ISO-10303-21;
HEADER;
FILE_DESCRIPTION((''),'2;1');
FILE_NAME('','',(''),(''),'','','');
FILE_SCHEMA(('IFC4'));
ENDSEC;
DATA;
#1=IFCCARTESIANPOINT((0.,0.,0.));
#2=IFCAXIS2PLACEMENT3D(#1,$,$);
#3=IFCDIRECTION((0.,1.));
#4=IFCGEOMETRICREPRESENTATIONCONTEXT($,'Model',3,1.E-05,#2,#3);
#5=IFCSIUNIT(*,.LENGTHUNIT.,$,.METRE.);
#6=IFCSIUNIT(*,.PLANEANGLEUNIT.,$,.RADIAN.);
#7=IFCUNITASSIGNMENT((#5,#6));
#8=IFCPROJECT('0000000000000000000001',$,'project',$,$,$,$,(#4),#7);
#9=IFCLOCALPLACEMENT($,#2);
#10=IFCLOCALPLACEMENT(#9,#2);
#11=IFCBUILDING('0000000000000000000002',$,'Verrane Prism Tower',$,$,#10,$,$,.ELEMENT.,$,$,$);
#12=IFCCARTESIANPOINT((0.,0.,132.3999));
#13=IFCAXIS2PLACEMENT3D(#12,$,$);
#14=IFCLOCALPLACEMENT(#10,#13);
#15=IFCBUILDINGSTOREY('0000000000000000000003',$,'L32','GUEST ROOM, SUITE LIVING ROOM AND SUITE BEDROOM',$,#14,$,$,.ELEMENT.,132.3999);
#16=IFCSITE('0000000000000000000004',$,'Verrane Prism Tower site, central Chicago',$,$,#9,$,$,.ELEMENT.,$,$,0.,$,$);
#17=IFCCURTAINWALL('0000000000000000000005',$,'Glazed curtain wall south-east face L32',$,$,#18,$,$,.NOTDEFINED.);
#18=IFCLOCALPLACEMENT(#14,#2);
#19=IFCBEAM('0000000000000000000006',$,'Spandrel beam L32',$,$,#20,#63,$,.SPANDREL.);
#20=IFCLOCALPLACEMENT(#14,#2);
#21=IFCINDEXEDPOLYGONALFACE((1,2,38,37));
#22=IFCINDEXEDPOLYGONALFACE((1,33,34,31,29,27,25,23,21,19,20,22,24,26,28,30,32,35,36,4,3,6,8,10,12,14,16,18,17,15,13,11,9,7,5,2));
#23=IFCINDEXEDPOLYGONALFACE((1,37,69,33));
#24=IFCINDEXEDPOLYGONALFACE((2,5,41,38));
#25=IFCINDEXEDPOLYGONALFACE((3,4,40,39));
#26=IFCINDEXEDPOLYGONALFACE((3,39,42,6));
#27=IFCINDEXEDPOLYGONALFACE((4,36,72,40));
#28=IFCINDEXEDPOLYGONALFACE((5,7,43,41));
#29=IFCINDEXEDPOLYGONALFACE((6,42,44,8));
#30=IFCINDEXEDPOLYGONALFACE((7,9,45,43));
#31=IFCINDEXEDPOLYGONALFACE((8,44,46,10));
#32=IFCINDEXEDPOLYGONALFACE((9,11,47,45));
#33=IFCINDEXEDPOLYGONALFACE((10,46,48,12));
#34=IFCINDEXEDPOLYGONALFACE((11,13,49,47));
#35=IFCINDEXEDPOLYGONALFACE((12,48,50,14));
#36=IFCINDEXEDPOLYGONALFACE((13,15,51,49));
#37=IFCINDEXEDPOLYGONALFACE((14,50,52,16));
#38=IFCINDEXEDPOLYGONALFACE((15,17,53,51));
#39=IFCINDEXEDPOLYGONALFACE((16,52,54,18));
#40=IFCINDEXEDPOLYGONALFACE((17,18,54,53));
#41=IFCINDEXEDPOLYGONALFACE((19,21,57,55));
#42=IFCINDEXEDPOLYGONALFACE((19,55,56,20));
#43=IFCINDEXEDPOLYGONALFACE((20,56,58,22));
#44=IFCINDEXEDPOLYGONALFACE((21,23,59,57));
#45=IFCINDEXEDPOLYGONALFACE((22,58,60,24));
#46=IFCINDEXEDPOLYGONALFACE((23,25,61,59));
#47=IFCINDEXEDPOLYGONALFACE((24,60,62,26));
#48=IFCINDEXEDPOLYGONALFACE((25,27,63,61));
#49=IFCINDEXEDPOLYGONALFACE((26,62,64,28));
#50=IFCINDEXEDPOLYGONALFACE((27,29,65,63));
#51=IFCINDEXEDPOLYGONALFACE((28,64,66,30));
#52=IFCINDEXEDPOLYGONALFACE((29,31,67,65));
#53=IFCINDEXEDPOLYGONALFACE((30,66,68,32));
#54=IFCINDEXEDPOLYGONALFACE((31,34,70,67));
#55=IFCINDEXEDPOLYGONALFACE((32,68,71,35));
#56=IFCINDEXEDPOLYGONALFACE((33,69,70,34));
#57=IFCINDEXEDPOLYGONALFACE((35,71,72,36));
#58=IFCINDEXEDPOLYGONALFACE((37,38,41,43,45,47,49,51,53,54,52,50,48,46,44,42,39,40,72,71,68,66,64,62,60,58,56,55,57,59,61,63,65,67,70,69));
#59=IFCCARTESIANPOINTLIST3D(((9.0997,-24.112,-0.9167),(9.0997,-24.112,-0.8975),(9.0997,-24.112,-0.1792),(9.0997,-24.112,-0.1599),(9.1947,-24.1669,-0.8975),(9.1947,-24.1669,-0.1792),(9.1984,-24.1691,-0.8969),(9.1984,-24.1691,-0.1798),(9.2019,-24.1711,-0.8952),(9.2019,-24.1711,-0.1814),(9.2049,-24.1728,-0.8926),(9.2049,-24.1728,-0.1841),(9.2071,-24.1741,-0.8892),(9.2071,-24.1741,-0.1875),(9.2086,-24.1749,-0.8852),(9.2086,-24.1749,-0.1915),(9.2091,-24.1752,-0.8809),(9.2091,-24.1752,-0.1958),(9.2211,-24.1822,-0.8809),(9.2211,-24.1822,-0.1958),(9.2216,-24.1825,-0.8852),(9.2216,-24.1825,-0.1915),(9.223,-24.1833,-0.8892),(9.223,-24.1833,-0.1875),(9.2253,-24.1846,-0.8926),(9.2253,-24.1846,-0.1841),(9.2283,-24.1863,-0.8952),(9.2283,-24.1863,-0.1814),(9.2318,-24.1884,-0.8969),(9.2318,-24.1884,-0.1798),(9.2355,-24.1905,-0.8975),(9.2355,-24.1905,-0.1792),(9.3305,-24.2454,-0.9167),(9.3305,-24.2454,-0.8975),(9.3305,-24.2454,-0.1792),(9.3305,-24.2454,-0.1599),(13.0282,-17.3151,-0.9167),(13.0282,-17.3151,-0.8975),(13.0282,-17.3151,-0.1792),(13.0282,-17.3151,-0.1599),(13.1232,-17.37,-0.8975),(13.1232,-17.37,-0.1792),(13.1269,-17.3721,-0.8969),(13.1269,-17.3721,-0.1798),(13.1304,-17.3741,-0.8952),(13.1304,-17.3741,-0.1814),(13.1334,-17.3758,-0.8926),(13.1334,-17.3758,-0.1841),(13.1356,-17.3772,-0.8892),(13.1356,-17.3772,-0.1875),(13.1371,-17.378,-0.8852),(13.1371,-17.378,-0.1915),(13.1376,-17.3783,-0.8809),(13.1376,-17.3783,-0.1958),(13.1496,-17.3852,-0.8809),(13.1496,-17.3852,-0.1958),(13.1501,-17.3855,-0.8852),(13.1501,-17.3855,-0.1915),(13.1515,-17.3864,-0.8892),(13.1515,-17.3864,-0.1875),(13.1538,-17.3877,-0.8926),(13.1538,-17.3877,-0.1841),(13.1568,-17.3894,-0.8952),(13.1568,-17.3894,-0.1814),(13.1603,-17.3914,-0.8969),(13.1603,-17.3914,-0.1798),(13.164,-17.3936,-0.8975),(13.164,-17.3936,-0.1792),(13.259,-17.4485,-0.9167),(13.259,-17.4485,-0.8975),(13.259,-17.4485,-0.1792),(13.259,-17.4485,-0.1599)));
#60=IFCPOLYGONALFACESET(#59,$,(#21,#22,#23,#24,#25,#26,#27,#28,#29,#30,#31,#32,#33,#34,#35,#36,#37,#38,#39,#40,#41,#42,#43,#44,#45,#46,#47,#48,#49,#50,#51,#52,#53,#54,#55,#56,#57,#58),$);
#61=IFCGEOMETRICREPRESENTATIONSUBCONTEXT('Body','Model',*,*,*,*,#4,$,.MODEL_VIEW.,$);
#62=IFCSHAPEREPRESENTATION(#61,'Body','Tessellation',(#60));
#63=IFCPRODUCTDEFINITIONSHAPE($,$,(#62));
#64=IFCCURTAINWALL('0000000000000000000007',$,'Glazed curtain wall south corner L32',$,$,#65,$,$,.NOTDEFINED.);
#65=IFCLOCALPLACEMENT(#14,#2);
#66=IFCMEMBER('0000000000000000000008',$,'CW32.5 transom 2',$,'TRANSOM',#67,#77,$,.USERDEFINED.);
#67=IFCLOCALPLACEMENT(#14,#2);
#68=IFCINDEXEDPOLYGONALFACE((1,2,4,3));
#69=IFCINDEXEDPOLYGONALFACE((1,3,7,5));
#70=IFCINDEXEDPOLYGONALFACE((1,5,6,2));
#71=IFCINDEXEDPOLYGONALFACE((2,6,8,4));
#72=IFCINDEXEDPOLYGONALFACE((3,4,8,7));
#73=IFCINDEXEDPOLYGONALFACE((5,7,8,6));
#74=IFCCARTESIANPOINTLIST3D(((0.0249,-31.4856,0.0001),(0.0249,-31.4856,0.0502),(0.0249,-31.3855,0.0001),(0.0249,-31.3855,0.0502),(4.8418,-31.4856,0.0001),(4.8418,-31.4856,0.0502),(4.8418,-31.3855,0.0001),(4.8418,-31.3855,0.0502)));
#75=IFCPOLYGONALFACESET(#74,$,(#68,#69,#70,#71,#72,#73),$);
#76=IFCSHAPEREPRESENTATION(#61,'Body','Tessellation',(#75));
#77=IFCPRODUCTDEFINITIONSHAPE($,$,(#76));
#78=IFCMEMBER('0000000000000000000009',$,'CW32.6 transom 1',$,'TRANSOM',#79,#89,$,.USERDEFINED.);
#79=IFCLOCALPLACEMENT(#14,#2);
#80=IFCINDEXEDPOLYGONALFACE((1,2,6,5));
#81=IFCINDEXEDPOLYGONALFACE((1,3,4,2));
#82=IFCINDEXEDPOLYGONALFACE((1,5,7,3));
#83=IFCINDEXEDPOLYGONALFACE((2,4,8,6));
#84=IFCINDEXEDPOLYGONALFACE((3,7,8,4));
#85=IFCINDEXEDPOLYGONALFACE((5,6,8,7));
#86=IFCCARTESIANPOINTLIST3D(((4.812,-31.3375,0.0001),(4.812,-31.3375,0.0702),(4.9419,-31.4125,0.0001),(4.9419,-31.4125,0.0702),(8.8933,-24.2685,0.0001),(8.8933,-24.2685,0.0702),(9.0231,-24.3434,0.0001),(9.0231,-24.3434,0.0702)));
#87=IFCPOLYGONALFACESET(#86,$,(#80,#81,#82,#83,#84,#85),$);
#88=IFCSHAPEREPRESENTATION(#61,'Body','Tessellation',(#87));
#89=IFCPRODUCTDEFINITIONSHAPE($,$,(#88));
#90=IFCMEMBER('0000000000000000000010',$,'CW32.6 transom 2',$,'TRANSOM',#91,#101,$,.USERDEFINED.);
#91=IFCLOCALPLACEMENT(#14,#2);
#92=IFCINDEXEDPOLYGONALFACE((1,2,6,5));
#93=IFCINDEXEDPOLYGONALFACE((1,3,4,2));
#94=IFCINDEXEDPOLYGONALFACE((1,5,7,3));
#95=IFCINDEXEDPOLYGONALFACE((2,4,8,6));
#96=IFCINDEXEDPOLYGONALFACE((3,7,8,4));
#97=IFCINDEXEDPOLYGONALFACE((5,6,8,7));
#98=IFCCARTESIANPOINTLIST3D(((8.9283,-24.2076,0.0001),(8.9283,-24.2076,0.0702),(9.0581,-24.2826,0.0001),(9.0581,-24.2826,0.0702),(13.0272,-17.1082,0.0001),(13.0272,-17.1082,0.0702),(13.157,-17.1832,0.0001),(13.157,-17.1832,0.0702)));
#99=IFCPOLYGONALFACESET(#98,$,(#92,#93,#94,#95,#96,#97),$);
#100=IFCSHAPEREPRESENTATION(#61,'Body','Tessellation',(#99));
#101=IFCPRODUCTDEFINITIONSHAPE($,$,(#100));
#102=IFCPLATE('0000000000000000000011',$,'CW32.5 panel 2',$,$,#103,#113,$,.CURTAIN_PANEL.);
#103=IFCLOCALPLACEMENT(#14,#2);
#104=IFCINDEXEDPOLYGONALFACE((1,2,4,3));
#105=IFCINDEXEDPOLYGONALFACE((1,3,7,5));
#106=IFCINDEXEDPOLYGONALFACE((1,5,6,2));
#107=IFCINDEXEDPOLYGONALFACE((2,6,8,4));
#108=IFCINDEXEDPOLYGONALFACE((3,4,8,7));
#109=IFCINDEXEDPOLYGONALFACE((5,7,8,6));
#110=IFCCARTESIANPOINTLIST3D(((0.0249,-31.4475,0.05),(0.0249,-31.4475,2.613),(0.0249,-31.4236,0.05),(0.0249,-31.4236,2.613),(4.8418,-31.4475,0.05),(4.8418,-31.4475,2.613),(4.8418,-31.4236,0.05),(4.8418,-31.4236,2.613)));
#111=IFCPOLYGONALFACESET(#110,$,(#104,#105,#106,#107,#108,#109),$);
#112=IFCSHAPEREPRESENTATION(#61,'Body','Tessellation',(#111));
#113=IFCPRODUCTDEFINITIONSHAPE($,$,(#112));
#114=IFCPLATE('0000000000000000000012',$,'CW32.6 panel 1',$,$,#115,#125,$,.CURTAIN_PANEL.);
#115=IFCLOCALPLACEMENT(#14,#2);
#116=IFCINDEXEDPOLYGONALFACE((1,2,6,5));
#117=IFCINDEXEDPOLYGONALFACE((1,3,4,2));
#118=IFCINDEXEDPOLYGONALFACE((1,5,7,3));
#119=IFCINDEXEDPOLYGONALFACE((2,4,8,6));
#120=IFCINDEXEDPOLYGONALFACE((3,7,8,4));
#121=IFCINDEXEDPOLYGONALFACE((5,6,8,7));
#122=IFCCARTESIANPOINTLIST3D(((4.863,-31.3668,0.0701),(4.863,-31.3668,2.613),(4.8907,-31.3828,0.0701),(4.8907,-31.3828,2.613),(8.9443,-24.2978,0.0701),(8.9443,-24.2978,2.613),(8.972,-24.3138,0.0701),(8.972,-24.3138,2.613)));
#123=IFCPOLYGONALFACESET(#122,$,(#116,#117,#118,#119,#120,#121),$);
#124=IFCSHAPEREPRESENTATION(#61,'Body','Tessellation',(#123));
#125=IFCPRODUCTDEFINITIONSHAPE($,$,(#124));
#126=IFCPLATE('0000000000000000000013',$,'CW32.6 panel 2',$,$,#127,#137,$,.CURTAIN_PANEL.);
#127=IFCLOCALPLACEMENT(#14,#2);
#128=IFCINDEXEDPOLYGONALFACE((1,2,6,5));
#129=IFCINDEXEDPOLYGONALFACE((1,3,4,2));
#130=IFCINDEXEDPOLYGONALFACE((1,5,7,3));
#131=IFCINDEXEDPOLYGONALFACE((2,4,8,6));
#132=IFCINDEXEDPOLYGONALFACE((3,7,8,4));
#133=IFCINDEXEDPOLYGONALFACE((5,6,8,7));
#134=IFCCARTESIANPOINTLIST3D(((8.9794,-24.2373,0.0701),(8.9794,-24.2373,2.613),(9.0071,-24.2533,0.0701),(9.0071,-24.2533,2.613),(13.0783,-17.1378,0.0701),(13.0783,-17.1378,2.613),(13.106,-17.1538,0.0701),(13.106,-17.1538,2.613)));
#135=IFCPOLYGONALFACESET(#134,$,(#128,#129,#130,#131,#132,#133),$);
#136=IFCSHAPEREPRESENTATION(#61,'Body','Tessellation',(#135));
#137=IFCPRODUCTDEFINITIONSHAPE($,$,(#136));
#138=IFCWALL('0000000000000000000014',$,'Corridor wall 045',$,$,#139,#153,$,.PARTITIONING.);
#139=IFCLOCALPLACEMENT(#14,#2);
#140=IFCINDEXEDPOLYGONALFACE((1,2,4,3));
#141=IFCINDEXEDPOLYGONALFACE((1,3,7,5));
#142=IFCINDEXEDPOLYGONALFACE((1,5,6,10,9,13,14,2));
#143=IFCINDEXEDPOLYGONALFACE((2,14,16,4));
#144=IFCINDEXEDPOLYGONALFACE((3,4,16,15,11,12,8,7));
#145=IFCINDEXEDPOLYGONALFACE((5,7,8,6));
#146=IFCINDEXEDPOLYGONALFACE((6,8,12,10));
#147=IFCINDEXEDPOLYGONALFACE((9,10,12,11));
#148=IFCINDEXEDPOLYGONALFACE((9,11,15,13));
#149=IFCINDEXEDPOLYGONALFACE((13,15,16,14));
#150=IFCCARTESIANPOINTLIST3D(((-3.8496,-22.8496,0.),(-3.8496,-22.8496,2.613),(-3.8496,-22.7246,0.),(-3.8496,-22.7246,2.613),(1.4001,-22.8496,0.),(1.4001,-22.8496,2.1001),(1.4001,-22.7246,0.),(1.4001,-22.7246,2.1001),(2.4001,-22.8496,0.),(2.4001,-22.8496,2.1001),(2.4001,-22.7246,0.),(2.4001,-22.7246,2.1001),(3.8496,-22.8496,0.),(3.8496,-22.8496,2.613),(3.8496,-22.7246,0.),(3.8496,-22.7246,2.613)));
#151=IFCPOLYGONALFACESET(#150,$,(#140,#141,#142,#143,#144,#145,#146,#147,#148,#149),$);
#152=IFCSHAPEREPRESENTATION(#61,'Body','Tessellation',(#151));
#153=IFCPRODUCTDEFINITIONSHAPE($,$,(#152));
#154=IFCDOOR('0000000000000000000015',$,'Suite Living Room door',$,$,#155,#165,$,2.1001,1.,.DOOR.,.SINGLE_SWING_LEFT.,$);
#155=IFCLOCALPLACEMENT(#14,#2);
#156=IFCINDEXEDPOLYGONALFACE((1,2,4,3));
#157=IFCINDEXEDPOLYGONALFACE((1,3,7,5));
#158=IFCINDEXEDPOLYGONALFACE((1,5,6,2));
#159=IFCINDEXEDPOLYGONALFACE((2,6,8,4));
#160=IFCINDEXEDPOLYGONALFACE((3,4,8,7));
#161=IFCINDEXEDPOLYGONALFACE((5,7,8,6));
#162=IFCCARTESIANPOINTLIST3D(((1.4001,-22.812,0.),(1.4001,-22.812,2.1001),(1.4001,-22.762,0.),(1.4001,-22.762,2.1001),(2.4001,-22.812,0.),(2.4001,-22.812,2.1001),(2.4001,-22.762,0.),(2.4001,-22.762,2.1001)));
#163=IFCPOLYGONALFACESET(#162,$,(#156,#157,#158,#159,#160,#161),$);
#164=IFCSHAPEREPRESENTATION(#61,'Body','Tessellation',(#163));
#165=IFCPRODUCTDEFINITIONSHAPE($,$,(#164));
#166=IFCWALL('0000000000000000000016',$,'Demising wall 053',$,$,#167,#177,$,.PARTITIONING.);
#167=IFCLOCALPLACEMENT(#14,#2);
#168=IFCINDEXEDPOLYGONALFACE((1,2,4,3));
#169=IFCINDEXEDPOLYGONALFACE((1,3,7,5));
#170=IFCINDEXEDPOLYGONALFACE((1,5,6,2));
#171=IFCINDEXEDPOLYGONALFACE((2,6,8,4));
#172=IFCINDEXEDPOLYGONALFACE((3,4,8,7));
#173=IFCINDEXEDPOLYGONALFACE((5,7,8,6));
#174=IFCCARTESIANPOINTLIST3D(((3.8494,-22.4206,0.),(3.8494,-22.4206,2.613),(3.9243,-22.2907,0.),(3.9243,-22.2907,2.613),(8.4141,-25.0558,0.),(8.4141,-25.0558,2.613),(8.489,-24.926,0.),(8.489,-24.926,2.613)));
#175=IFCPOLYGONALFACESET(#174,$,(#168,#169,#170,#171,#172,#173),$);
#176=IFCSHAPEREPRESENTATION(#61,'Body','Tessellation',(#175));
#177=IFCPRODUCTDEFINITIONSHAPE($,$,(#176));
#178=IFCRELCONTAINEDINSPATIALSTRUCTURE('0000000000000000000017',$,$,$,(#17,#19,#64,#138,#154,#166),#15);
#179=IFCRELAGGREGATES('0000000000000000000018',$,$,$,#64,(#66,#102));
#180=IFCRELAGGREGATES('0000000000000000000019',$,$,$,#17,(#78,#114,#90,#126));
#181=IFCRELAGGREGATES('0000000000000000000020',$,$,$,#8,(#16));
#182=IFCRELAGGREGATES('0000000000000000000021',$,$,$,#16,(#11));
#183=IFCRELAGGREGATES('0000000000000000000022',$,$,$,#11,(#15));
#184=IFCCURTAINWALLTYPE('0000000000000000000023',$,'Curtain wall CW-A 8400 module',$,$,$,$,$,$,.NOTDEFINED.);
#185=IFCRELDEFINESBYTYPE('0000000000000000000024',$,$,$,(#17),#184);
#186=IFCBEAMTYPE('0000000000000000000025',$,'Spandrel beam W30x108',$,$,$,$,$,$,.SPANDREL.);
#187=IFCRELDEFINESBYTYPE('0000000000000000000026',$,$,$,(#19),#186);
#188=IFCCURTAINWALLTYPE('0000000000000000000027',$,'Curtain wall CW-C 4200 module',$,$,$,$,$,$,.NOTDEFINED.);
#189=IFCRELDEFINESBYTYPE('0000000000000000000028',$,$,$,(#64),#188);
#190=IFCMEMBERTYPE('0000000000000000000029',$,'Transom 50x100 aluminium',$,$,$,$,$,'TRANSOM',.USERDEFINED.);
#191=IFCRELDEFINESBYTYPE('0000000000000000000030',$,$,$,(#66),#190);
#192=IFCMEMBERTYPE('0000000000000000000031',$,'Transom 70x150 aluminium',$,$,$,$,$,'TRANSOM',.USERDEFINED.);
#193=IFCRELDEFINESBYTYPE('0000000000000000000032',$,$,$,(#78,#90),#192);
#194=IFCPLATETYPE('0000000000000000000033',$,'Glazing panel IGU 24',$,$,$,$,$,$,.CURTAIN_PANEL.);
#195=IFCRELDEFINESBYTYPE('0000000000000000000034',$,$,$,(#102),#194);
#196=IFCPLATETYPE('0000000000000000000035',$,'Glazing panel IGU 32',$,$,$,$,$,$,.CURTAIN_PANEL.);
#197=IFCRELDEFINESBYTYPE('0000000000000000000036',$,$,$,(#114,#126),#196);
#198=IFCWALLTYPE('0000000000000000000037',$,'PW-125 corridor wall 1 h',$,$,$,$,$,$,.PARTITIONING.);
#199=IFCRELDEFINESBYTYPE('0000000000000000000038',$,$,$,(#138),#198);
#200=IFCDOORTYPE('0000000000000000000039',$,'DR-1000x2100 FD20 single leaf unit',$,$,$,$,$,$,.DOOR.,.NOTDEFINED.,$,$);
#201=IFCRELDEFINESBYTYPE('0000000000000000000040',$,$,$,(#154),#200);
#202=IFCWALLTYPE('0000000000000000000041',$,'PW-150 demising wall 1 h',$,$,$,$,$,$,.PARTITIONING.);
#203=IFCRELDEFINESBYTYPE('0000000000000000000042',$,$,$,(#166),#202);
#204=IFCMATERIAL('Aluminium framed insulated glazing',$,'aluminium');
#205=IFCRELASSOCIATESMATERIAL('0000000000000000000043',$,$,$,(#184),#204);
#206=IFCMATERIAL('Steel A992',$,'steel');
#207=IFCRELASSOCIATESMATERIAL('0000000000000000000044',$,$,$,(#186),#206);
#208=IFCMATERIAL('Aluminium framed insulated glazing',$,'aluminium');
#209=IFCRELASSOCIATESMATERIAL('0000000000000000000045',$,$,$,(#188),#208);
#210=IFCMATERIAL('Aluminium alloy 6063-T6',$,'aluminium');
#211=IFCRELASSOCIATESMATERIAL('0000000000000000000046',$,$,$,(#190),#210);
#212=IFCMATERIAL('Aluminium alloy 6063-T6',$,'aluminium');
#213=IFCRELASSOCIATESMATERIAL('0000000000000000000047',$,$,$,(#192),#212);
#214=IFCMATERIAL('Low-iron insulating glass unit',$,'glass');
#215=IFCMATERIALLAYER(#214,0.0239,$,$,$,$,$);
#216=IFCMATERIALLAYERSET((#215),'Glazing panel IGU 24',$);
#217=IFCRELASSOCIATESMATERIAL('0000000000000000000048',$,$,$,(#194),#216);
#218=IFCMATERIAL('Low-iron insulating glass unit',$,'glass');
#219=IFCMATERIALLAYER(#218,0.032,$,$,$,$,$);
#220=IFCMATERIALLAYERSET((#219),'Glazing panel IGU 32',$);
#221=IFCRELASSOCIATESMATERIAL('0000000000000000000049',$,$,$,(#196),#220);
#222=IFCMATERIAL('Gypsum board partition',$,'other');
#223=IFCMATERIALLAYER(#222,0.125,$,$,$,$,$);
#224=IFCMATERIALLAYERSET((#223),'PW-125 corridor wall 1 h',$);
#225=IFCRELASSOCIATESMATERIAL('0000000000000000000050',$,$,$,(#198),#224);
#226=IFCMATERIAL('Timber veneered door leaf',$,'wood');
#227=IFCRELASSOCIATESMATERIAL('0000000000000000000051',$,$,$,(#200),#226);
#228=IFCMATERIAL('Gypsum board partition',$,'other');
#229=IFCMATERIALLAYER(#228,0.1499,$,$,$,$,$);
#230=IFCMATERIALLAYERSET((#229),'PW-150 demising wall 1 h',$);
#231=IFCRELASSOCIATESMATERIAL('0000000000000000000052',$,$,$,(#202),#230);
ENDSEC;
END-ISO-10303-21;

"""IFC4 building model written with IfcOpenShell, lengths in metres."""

from ifc_helpers import new_model, si_unit, direction, frame, frame_2d, origin, origin_2d, place, context, subcontext, project, spatial, rectangle, i_section, extrude, material, layer, layer_set, material_profile, profile_set, type_object, element, fill, aggregate, save


model = new_model("IFC4")

# Units and contexts
model_context = context("Model", 3, precision=1e-05, world=origin(), true_north=direction((0.0, 1.0)))
body_context = subcontext(model_context, "Body", "Model", "MODEL_VIEW")
ifc_project = project(units=[si_unit("LENGTHUNIT", "METRE"), si_unit("PLANEANGLEUNIT", "RADIAN")], contexts=[model_context])

# Site, building, storey
site_placement = place(None, origin())
site = spatial("IfcSite", under=ifc_project, at=site_placement, Name="Verrane Prism Tower site, central Chicago", CompositionType="ELEMENT", RefElevation=0.0)
building_placement = place(site_placement, origin())
building = spatial("IfcBuilding", under=site, at=building_placement, Name="Verrane Prism Tower", CompositionType="ELEMENT")
storey_placement = place(building_placement, frame((0.0, 0.0, 132.3999)))
storey = spatial("IfcBuildingStorey", under=building, at=storey_placement, Name="L32", Description="GUEST ROOM, SUITE LIVING ROOM AND SUITE BEDROOM", CompositionType="ELEMENT", Elevation=132.3999)

# Curtain wall
ifc_material_1 = material(Name="Aluminium framed insulated glazing", Category="aluminium")
curtain_wall_type_1 = type_object("IfcCurtainWallType", Name="Curtain wall CW-A 8400 module", PredefinedType="NOTDEFINED", material=ifc_material_1)
curtain_wall_1_placement = place(storey_placement, origin())
curtain_wall_1 = element("IfcCurtainWall", 1, at=curtain_wall_1_placement, inside=storey, type_object=curtain_wall_type_1, Name="Glazed curtain wall south-east face L32", PredefinedType="NOTDEFINED")

# Beam
ifc_material_2 = material(Name="Steel A992", Category="steel")
ifc_material_profile_1 = material_profile(ifc_material_2, i_section(OverallWidth=0.2666, OverallDepth=0.7568, WebThickness=0.0139, FlangeThickness=0.0193, FilletRadius=0.0166, at=origin_2d()), Name="W30x108")
ifc_profile_set_1 = profile_set([ifc_material_profile_1], Name="Steel A992")
beam_type_1 = type_object("IfcBeamType", Name="Spandrel beam W30x108", PredefinedType="SPANDREL", material=ifc_profile_set_1)
beam_1_placement = place(storey_placement, frame((9.2151, -24.1787, -0.5383), z_axis=(0.50041, 0.865789, 0.0), x_axis=(-0.865789, 0.50041, 0.0)))
element("IfcBeam", 2, at=beam_1_placement, inside=storey, type_object=beam_type_1, Name="Spandrel beam L32", PredefinedType="SPANDREL", context=body_context, shape_type="SweptSolid", body=[
    extrude(i_section(OverallWidth=0.2666, OverallDepth=0.7568, WebThickness=0.0139, FlangeThickness=0.0193, FilletRadius=0.0166, at=origin_2d()), origin(), (0.0, 0.0, 1.0), 7.8506),
])

# Curtain wall, member
ifc_material_3 = material(Name="Aluminium framed insulated glazing", Category="aluminium")
curtain_wall_type_2 = type_object("IfcCurtainWallType", Name="Curtain wall CW-C 4200 module", PredefinedType="NOTDEFINED", material=ifc_material_3)
curtain_wall_2_placement = place(storey_placement, origin())
curtain_wall_2 = element("IfcCurtainWall", 3, at=curtain_wall_2_placement, inside=storey, type_object=curtain_wall_type_2, Name="Glazed curtain wall south corner L32", PredefinedType="NOTDEFINED")
ifc_material_4 = material(Name="Aluminium alloy 6063-T6", Category="aluminium")
ifc_material_profile_2 = material_profile(ifc_material_4, rectangle(XDim=0.1001, YDim=0.05, at=origin_2d()), Name="Transom 50x100 aluminium")
ifc_profile_set_2 = profile_set([ifc_material_profile_2], Name="Aluminium alloy 6063-T6")
member_type_1 = type_object("IfcMemberType", Name="Transom 50x100 aluminium", ElementType="TRANSOM", PredefinedType="USERDEFINED", material=ifc_profile_set_2)
member_1_placement = place(storey_placement, frame((0.0249, -31.4355, 0.0251), z_axis=(1.0, 0.0, 0.0), x_axis=(0.0, 1.0, 0.0)))
member_1 = element("IfcMember", 4, at=member_1_placement, type_object=member_type_1, Name="CW32.5 transom 2", ObjectType="TRANSOM", PredefinedType="USERDEFINED", context=body_context, shape_type="SweptSolid", body=[
    extrude(rectangle(XDim=0.1001, YDim=0.05, at=origin_2d()), origin(), (0.0, 0.0, 1.0), 4.8169),
])

# Members
ifc_material_5 = material(Name="Aluminium alloy 6063-T6", Category="aluminium")
ifc_material_profile_3 = material_profile(ifc_material_5, rectangle(XDim=0.1499, YDim=0.0701, at=origin_2d()), Name="Transom 70x150 aluminium")
ifc_profile_set_3 = profile_set([ifc_material_profile_3], Name="Aluminium alloy 6063-T6")
member_type_2 = type_object("IfcMemberType", Name="Transom 70x150 aluminium", ElementType="TRANSOM", PredefinedType="USERDEFINED", material=ifc_profile_set_3)
member_2_placement = place(storey_placement, frame((4.877, -31.375, 0.0352), z_axis=(0.499996, 0.866028, 0.0), x_axis=(-0.866028, 0.499996, 0.0)))
member_2 = element("IfcMember", 5, at=member_2_placement, type_object=member_type_2, Name="CW32.6 transom 1", ObjectType="TRANSOM", PredefinedType="USERDEFINED", context=body_context, shape_type="SweptSolid", body=[
    extrude(rectangle(XDim=0.1499, YDim=0.0701, at=origin_2d()), origin(), (0.0, 0.0, 1.0), 8.1626),
])
member_3_placement = place(storey_placement, frame((8.9932, -24.2451, 0.0352), z_axis=(0.500005, 0.866022, 0.0), x_axis=(-0.866022, 0.500005, 0.0)))
member_3 = element("IfcMember", 6, at=member_3_placement, type_object=member_type_2, Name="CW32.6 transom 2", ObjectType="TRANSOM", PredefinedType="USERDEFINED", context=body_context, shape_type="SweptSolid", body=[
    extrude(rectangle(XDim=0.1499, YDim=0.0701, at=origin_2d()), origin(), (0.0, 0.0, 1.0), 8.1978),
])

# Plates
ifc_material_6 = material(Name="Low-iron insulating glass unit", Category="glass")
ifc_layer_1 = layer(ifc_material_6, 0.0239)
ifc_layer_set_1 = layer_set([ifc_layer_1], Name="Glazing panel IGU 24")
plate_type_1 = type_object("IfcPlateType", Name="Glazing panel IGU 24", PredefinedType="CURTAIN_PANEL", material=ifc_layer_set_1)
plate_1_placement = place(storey_placement, frame((2.4333, -31.4355, 0.05), z_axis=(0.0, 0.0, 1.0), x_axis=(1.0, 0.0, 0.0)))
plate_1 = element("IfcPlate", 7, at=plate_1_placement, type_object=plate_type_1, Name="CW32.5 panel 2", PredefinedType="CURTAIN_PANEL", context=body_context, shape_type="SweptSolid", body=[
    extrude(rectangle(XDim=4.8169, YDim=0.0239, at=origin_2d()), origin(), (0.0, 0.0, 1.0), 2.563),
])
aggregate(curtain_wall_2, [member_1, plate_1])
ifc_material_7 = material(Name="Low-iron insulating glass unit", Category="glass")
ifc_layer_2 = layer(ifc_material_7, 0.032)
ifc_layer_set_2 = layer_set([ifc_layer_2], Name="Glazing panel IGU 32")
plate_type_2 = type_object("IfcPlateType", Name="Glazing panel IGU 32", PredefinedType="CURTAIN_PANEL", material=ifc_layer_set_2)
plate_2_placement = place(storey_placement, frame((6.9175, -27.8403, 0.0701), z_axis=(0.0, 0.0, 1.0), x_axis=(0.5, 0.866025, 0.0)))
plate_2 = element("IfcPlate", 8, at=plate_2_placement, type_object=plate_type_2, Name="CW32.6 panel 1", PredefinedType="CURTAIN_PANEL", context=body_context, shape_type="SweptSolid", body=[
    extrude(rectangle(XDim=8.1626, YDim=0.032, at=origin_2d()), origin(), (0.0, 0.0, 1.0), 2.543),
])
plate_3_placement = place(storey_placement, frame((11.0427, -20.6956, 0.0701), z_axis=(0.0, 0.0, 1.0), x_axis=(0.5, 0.866025, 0.0)))
plate_3 = element("IfcPlate", 9, at=plate_3_placement, type_object=plate_type_2, Name="CW32.6 panel 2", PredefinedType="CURTAIN_PANEL", context=body_context, shape_type="SweptSolid", body=[
    extrude(rectangle(XDim=8.1978, YDim=0.032, at=origin_2d()), origin(), (0.0, 0.0, 1.0), 2.543),
])
aggregate(curtain_wall_1, [member_2, plate_2, member_3, plate_3])

# Wall, opening, door
ifc_material_8 = material(Name="Gypsum board partition", Category="other")
ifc_layer_3 = layer(ifc_material_8, 0.125)
ifc_layer_set_3 = layer_set([ifc_layer_3], Name="PW-125 corridor wall 1 h")
wall_type_1 = type_object("IfcWallType", Name="PW-125 corridor wall 1 h", PredefinedType="PARTITIONING", material=ifc_layer_set_3)
wall_1_placement = place(storey_placement, frame((3.8496, -22.7871, 0.0), z_axis=(0.0, 0.0, 1.0), x_axis=(-1.0, 0.0, 0.0)))
wall_1 = element("IfcWall", 10, at=wall_1_placement, inside=storey, type_object=wall_type_1, Name="Corridor wall 045", PredefinedType="PARTITIONING", context=body_context, shape_type="SweptSolid", body=[
    extrude(rectangle(XDim=7.6992, YDim=0.125, at=frame_2d((3.8496, 0.0))), origin(), (0.0, 0.0, 1.0), 2.613),
])
opening_1_placement = place(wall_1_placement, frame((1.4495, 0.0, 0.0)))
opening_1 = element("IfcOpeningElement", 11, at=opening_1_placement, cuts=wall_1, PredefinedType="OPENING", context=body_context, shape_type="SweptSolid", body=[
    extrude(rectangle(XDim=1.0, YDim=2.1001, at=frame_2d((0.5, 1.05))), frame((0.0, 0.0725, 0.0), z_axis=(0.0, -1.0, 0.0), x_axis=(1.0, 0.0, 0.0)), (0.0, 0.0, 1.0), 0.145),
])
ifc_material_9 = material(Name="Timber veneered door leaf", Category="wood")
door_type_1 = type_object("IfcDoorType", Name="DR-1000x2100 FD20 single leaf unit", OperationType="NOTDEFINED", PredefinedType="DOOR", material=ifc_material_9)
door_1_placement = place(opening_1_placement, origin())
door_1 = element("IfcDoor", 12, at=door_1_placement, inside=storey, type_object=door_type_1, Name="Suite Living Room door", OperationType="SINGLE_SWING_LEFT", OverallHeight=2.1001, OverallWidth=1.0, PredefinedType="DOOR", context=body_context, shape_type="SweptSolid", body=[
    extrude(rectangle(XDim=1.0, YDim=2.1001, at=frame_2d((0.5, 1.05))), frame((0.0, 0.0249, 0.0), z_axis=(0.0, -1.0, 0.0), x_axis=(1.0, 0.0, 0.0)), (0.0, 0.0, 1.0), 0.05),
])
fill(opening_1, door_1)

# Wall
ifc_material_10 = material(Name="Gypsum board partition", Category="other")
ifc_layer_4 = layer(ifc_material_10, 0.1499)
ifc_layer_set_4 = layer_set([ifc_layer_4], Name="PW-150 demising wall 1 h")
wall_type_2 = type_object("IfcWallType", Name="PW-150 demising wall 1 h", PredefinedType="PARTITIONING", material=ifc_layer_set_4)
wall_2_placement = place(storey_placement, frame((3.887, -22.3557, 0.0), z_axis=(0.0, 0.0, 1.0), x_axis=(0.86604, -0.499975, 0.0)))
element("IfcWall", 13, at=wall_2_placement, inside=storey, type_object=wall_type_2, Name="Demising wall 053", PredefinedType="PARTITIONING", context=body_context, shape_type="SweptSolid", body=[
    extrude(rectangle(XDim=5.2708, YDim=0.1499, at=frame_2d((2.6353, 0.0))), origin(), (0.0, 0.0, 1.0), 2.613),
])

save(model, "model.ifc")
